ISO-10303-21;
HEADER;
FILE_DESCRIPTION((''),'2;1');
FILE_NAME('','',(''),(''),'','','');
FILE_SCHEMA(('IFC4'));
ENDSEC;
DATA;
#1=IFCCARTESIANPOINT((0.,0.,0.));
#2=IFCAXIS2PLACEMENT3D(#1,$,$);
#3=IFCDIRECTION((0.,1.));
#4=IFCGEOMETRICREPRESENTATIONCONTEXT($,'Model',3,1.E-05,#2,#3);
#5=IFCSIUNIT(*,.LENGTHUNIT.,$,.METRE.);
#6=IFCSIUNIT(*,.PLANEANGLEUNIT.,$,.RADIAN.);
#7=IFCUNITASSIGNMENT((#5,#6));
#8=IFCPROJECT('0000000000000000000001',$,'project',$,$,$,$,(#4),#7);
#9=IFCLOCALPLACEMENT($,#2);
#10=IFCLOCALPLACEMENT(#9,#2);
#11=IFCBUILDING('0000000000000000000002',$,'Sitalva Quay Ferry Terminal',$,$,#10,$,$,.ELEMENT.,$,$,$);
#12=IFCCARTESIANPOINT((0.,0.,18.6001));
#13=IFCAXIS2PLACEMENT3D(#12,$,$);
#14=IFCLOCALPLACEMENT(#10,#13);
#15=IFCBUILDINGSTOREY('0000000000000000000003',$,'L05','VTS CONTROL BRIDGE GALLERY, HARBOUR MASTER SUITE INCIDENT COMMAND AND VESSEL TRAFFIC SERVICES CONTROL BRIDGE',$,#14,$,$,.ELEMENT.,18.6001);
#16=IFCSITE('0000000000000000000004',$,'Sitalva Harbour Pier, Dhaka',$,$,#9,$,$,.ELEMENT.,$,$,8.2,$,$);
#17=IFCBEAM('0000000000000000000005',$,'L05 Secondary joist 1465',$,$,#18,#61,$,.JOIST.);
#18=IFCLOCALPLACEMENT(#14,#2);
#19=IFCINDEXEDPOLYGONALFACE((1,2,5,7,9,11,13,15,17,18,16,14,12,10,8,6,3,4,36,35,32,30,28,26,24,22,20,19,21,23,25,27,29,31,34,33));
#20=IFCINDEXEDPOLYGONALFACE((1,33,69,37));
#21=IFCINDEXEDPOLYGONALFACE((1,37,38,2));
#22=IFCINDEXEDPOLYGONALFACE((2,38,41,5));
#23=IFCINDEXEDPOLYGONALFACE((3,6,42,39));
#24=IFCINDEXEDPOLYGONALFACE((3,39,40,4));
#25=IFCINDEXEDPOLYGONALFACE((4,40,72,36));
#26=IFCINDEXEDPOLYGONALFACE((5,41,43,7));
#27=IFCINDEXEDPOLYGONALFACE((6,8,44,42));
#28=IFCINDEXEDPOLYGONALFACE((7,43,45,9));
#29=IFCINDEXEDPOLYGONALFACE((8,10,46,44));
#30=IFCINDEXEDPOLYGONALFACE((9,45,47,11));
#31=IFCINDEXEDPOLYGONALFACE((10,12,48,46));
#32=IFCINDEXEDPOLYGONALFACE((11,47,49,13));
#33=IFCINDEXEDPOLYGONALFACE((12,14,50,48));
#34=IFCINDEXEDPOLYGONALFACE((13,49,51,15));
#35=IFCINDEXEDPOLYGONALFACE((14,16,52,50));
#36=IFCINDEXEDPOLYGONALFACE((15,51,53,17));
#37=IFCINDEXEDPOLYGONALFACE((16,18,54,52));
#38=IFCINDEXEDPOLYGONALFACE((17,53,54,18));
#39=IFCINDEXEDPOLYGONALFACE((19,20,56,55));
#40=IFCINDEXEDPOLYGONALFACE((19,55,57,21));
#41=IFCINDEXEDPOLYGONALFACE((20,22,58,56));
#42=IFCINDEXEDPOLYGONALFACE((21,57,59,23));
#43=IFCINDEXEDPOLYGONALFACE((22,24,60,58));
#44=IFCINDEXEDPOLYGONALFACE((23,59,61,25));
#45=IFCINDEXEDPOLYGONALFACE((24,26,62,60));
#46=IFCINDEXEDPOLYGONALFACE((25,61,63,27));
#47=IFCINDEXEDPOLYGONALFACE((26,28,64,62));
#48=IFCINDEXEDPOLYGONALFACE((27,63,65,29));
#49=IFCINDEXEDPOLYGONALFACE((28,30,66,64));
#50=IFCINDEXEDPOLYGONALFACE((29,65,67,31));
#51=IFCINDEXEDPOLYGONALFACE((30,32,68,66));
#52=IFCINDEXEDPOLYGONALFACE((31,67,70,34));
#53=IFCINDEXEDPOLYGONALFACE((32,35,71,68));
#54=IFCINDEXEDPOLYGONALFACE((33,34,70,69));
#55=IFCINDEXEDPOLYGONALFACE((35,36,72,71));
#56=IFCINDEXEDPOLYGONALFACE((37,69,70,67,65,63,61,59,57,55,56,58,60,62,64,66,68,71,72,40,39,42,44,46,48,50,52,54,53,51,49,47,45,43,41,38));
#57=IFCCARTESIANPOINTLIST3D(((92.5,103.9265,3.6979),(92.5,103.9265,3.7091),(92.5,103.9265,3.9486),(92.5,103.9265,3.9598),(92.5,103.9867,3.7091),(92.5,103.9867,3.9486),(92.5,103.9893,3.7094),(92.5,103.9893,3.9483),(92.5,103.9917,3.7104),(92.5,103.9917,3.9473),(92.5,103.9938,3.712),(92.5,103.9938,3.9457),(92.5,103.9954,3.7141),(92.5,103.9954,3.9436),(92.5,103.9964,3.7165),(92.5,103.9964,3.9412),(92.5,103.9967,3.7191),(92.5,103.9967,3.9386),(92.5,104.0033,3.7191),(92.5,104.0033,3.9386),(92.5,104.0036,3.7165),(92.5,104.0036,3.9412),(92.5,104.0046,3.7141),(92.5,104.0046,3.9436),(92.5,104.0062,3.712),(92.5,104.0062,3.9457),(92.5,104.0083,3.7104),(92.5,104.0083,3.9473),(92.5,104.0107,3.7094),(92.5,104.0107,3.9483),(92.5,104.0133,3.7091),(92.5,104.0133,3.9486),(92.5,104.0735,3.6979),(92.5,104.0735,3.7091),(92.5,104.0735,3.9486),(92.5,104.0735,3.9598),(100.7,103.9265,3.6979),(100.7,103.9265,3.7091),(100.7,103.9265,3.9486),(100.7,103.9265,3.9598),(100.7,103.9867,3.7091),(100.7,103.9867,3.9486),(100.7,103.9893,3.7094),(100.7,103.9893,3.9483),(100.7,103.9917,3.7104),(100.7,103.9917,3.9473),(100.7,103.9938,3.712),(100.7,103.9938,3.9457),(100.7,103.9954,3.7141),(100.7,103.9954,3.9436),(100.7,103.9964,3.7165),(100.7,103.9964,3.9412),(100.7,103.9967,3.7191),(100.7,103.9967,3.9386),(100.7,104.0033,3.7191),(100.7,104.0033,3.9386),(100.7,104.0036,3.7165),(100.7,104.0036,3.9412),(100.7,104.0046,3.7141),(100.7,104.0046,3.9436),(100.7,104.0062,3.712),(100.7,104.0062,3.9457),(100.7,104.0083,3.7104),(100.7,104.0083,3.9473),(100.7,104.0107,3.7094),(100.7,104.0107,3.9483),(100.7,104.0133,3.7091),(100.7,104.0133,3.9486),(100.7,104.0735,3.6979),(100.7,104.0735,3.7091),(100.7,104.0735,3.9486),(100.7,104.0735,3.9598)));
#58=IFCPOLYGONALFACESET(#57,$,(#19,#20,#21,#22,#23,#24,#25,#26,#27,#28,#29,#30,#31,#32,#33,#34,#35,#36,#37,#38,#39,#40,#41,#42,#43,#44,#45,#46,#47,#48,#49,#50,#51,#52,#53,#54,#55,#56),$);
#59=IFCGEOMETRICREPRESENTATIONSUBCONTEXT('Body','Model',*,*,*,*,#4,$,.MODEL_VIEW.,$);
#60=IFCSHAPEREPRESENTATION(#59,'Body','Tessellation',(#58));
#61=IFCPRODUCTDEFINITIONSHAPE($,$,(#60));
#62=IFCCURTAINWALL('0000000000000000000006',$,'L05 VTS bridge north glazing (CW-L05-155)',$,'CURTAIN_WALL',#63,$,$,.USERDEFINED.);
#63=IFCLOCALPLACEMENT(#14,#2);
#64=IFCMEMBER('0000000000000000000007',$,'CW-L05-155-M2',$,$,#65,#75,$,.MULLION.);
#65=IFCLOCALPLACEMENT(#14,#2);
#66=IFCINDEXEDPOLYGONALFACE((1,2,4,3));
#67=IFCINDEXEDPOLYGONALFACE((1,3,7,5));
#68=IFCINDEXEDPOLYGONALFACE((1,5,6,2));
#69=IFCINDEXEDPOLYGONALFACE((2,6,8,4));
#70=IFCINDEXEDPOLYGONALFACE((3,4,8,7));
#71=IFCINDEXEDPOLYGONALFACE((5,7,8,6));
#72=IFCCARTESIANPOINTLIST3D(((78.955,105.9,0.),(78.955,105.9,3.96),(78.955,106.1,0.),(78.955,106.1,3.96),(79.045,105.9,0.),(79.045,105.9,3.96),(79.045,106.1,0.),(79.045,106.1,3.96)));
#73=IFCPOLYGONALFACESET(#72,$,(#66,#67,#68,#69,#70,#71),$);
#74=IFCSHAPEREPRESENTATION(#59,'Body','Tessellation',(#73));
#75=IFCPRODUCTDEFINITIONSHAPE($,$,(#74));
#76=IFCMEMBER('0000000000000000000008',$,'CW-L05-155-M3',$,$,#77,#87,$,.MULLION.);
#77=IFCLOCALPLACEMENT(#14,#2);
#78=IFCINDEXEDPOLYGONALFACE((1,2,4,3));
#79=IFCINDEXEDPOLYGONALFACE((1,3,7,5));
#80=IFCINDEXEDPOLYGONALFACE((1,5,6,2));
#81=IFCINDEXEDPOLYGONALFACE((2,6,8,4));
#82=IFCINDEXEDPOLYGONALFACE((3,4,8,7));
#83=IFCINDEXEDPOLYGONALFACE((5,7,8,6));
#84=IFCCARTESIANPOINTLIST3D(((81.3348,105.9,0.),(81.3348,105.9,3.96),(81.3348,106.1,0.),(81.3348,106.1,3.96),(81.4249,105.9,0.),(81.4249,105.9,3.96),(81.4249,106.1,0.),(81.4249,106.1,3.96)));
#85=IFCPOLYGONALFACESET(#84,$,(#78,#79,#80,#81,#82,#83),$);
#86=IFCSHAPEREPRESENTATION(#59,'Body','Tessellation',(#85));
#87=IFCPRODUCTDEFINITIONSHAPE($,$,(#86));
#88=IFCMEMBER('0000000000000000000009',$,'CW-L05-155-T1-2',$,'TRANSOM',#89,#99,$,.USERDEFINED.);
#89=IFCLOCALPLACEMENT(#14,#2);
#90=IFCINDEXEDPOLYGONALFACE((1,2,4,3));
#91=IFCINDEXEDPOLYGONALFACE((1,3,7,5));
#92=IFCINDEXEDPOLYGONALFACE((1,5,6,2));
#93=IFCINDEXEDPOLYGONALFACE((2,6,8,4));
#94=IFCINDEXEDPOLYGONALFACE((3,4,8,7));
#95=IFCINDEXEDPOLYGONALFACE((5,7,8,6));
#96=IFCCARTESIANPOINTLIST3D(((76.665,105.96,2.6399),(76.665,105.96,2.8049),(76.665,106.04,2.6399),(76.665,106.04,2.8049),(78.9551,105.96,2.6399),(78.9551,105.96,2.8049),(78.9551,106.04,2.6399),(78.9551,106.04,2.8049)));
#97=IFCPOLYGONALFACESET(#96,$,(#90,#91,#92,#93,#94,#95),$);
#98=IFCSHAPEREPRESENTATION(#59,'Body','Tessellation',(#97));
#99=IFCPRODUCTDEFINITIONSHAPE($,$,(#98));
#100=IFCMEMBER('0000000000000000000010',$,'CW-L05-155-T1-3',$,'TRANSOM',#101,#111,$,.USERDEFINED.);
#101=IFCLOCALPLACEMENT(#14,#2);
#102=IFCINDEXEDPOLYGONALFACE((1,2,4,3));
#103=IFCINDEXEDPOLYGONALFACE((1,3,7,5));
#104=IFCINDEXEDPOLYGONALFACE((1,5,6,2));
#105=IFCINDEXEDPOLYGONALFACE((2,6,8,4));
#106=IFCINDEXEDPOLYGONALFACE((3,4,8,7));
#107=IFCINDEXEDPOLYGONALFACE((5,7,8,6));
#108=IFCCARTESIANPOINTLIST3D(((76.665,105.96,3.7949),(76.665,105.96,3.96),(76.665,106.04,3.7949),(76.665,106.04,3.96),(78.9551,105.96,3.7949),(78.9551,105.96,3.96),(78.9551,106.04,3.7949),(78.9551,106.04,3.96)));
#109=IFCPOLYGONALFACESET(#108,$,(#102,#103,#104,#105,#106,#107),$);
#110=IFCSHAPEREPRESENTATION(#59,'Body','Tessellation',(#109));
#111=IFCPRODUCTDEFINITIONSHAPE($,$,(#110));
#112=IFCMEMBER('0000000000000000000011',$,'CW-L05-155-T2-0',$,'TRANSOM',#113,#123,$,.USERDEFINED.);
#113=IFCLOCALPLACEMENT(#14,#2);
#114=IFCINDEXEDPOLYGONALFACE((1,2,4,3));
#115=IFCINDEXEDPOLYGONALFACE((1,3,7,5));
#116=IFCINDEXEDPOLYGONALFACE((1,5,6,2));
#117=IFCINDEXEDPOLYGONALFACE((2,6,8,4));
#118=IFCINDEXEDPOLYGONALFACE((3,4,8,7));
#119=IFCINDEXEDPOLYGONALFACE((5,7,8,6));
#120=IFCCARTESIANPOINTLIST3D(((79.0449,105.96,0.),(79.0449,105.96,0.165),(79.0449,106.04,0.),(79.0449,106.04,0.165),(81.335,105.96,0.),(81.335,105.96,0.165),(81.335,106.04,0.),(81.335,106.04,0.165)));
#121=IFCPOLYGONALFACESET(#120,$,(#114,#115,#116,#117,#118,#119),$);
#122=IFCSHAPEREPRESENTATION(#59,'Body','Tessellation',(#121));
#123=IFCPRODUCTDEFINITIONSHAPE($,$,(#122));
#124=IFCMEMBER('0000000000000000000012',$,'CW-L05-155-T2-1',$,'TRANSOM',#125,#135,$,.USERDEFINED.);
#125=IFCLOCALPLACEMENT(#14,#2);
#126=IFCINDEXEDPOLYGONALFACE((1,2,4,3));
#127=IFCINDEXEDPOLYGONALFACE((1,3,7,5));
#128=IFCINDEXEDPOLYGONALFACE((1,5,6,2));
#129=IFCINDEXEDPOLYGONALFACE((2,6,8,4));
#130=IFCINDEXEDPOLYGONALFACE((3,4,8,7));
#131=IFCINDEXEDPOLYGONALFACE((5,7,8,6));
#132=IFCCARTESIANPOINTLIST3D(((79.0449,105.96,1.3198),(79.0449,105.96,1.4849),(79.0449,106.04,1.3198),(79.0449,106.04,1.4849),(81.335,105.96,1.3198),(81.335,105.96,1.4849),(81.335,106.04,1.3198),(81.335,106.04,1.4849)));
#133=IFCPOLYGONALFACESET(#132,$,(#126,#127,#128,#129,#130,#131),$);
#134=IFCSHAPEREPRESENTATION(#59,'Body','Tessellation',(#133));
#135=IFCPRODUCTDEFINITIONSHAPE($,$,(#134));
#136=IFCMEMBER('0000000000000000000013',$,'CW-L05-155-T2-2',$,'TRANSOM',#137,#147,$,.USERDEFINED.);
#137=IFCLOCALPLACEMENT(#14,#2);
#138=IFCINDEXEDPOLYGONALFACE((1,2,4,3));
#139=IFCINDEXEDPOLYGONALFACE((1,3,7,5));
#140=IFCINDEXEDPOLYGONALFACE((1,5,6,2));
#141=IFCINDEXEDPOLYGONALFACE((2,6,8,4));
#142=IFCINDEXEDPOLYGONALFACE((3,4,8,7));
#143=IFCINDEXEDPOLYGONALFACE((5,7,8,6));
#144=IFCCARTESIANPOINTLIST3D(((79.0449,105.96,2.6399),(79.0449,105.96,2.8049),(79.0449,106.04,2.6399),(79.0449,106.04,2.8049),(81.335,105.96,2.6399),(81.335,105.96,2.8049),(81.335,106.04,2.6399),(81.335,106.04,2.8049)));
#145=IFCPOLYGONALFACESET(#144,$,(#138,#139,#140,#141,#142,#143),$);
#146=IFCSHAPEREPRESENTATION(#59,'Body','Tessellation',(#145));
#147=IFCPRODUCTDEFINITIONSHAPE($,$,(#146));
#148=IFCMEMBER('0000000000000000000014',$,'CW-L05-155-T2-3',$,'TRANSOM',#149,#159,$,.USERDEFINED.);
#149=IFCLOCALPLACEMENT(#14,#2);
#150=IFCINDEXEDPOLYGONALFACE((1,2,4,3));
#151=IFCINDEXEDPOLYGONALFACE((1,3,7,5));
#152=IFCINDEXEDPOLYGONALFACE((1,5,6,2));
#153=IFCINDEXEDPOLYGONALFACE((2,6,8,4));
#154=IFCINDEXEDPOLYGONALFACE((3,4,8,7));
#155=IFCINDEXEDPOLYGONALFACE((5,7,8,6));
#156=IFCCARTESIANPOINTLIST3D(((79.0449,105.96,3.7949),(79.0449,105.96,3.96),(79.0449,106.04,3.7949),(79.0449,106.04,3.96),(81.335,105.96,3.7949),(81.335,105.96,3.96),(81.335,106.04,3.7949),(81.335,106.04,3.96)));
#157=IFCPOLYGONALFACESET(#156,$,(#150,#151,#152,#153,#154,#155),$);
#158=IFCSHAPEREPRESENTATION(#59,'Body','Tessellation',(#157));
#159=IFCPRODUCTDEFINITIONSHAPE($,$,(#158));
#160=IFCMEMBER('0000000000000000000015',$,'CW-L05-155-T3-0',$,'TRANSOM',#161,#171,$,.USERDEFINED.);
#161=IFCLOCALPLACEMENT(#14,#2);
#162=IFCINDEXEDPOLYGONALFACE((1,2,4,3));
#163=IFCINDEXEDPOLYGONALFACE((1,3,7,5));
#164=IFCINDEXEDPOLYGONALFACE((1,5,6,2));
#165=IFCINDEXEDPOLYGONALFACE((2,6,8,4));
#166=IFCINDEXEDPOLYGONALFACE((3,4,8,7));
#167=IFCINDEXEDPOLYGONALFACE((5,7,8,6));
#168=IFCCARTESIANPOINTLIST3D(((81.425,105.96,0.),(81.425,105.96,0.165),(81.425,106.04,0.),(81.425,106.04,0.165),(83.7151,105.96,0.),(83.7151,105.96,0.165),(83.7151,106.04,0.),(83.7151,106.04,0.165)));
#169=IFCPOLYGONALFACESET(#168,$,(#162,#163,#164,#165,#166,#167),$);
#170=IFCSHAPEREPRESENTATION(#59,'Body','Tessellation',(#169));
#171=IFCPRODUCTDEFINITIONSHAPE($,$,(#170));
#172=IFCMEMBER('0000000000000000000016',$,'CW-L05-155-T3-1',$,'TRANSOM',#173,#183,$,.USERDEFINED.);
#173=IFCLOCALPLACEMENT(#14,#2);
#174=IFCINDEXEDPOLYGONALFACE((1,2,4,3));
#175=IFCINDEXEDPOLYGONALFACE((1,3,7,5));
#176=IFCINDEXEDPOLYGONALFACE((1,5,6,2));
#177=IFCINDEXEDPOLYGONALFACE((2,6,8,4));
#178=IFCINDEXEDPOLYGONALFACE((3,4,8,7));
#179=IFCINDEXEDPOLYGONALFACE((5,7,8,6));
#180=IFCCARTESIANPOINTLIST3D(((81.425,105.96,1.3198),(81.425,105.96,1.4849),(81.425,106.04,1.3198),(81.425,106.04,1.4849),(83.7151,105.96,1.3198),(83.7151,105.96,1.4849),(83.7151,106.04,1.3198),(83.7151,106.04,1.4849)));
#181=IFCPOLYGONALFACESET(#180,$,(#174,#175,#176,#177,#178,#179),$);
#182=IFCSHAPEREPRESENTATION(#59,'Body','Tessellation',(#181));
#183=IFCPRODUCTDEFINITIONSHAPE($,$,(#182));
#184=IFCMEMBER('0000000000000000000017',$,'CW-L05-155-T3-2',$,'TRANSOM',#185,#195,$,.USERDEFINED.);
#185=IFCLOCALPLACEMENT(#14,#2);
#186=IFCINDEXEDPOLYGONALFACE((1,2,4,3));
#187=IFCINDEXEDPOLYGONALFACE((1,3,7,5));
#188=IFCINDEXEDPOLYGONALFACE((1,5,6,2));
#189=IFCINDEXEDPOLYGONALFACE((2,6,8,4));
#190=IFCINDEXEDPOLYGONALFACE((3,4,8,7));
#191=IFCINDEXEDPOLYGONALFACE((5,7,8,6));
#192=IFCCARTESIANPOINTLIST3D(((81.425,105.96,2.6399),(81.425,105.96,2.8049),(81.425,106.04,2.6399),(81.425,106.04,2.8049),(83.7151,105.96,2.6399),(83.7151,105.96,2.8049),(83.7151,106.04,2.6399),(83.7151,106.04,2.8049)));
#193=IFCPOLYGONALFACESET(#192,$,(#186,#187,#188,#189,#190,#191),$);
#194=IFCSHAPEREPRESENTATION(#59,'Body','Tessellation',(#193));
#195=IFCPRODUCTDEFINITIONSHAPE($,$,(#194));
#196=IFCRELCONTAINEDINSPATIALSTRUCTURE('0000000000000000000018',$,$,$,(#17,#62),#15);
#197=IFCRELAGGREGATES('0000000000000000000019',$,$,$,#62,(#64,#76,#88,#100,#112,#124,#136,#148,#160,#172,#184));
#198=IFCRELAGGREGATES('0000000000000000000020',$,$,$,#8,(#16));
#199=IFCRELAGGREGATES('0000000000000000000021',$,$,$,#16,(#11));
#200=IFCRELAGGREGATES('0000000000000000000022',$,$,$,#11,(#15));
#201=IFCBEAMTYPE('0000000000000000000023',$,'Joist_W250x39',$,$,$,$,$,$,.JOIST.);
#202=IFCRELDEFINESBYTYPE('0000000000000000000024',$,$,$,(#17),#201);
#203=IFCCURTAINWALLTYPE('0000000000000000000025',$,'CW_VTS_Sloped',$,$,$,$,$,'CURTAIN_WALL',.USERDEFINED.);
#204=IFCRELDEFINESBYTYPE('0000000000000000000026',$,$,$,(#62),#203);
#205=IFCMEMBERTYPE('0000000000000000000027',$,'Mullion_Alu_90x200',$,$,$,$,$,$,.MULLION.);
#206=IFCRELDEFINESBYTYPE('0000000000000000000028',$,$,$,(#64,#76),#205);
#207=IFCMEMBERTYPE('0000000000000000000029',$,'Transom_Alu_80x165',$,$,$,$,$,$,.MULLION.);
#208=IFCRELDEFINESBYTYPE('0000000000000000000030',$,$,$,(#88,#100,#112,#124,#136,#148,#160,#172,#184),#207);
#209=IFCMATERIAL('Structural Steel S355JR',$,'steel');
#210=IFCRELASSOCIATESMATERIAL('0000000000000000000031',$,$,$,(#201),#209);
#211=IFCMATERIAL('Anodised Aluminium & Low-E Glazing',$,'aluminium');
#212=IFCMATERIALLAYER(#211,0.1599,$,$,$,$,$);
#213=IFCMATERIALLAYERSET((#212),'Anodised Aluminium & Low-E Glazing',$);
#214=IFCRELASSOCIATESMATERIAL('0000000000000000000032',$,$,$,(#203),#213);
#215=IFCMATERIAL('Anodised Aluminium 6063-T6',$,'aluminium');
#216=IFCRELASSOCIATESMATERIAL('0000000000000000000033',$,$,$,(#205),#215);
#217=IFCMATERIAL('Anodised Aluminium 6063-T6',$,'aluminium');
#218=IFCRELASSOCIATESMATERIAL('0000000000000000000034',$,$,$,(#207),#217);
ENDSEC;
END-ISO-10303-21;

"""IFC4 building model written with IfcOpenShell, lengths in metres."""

from ifc_helpers import new_model, si_unit, direction, frame, origin, origin_2d, place, context, subcontext, project, spatial, rectangle, i_section, extrude, material, layer, layer_set, material_profile, profile_set, type_object, element, aggregate, save


model = new_model("IFC4")

# Units and contexts
model_context = context("Model", 3, precision=1e-05, world=origin(), true_north=direction((0.0, 1.0)))
body_context = subcontext(model_context, "Body", "Model", "MODEL_VIEW")
ifc_project = project(units=[si_unit("LENGTHUNIT", "METRE"), si_unit("PLANEANGLEUNIT", "RADIAN")], contexts=[model_context])

# Site, building, storey
site_placement = place(None, origin())
site = spatial("IfcSite", under=ifc_project, at=site_placement, Name="Sitalva Harbour Pier, Dhaka", CompositionType="ELEMENT", RefElevation=8.2)
building_placement = place(site_placement, origin())
building = spatial("IfcBuilding", under=site, at=building_placement, Name="Sitalva Quay Ferry Terminal", CompositionType="ELEMENT")
storey_placement = place(building_placement, frame((0.0, 0.0, 18.6001)))
storey = spatial("IfcBuildingStorey", under=building, at=storey_placement, Name="L05", Description="VTS CONTROL BRIDGE GALLERY, HARBOUR MASTER SUITE INCIDENT COMMAND AND VESSEL TRAFFIC SERVICES CONTROL BRIDGE", CompositionType="ELEMENT", Elevation=18.6001)

# Beam
ifc_material_1 = material(Name="Structural Steel S355JR", Category="steel")
ifc_material_profile_1 = material_profile(ifc_material_1, i_section(OverallWidth=0.147, OverallDepth=0.262, WebThickness=0.0066, FlangeThickness=0.0112, FilletRadius=0.01, at=origin_2d()), Name="W250x39")
ifc_profile_set_1 = profile_set([ifc_material_profile_1], Name="Structural Steel S355JR")
beam_type_1 = type_object("IfcBeamType", Name="Joist_W250x39", PredefinedType="JOIST", material=ifc_profile_set_1)
for number, where, z_axis, x_axis, name in (
    (1, (92.5, 104.0, 3.8289), (1.0, 0.0, 0.0), (0.0, 1.0, 0.0), "L05 Secondary joist 1465"),
):
    element("IfcBeam", number, at=place(storey_placement, frame(where, z_axis=z_axis, x_axis=x_axis)), inside=storey, type_object=beam_type_1, Name=name, PredefinedType="JOIST", context=body_context, shape_type="SweptSolid", body=[
        extrude(i_section(OverallWidth=0.147, OverallDepth=0.262, WebThickness=0.0066, FlangeThickness=0.0112, FilletRadius=0.01, at=origin_2d()), origin(), (0.0, 0.0, 1.0), 8.2),
    ])

# Curtain wall, members
ifc_material_2 = material(Name="Anodised Aluminium & Low-E Glazing", Category="aluminium")
ifc_layer_1 = layer(ifc_material_2, 0.1599)
ifc_layer_set_1 = layer_set([ifc_layer_1], Name="Anodised Aluminium & Low-E Glazing")
curtain_wall_type = type_object("IfcCurtainWallType", Name="CW_VTS_Sloped", ElementType="CURTAIN_WALL", PredefinedType="USERDEFINED", material=ifc_layer_set_1)
curtain_wall_placement = place(storey_placement, origin())
curtain_wall = element("IfcCurtainWall", 2, at=curtain_wall_placement, inside=storey, type_object=curtain_wall_type, Name="L05 VTS bridge north glazing (CW-L05-155)", ObjectType="CURTAIN_WALL", PredefinedType="USERDEFINED")
ifc_material_3 = material(Name="Anodised Aluminium 6063-T6", Category="aluminium")
ifc_material_profile_2 = material_profile(ifc_material_3, rectangle(XDim=0.0901, YDim=0.2, at=origin_2d()), Name="ALU90x200")
ifc_profile_set_2 = profile_set([ifc_material_profile_2], Name="Anodised Aluminium 6063-T6")
member_type_1 = type_object("IfcMemberType", Name="Mullion_Alu_90x200", PredefinedType="MULLION", material=ifc_profile_set_2)
member_1_placement = place(storey_placement, frame((79.0, 106.0, 0.0), z_axis=(0.0, 0.0, 1.0), x_axis=(1.0, 0.0, 0.0)))
member_1 = element("IfcMember", 3, at=member_1_placement, type_object=member_type_1, Name="CW-L05-155-M2", PredefinedType="MULLION", context=body_context, shape_type="SweptSolid", body=[
    extrude(rectangle(XDim=0.0901, YDim=0.2, at=origin_2d()), origin(), (0.0, 0.0, 1.0), 3.96),
])
member_2_placement = place(storey_placement, frame((81.3799, 106.0, 0.0), z_axis=(0.0, 0.0, 1.0), x_axis=(1.0, 0.0, 0.0)))
member_2 = element("IfcMember", 4, at=member_2_placement, type_object=member_type_1, Name="CW-L05-155-M3", PredefinedType="MULLION", context=body_context, shape_type="SweptSolid", body=[
    extrude(rectangle(XDim=0.0901, YDim=0.2, at=origin_2d()), origin(), (0.0, 0.0, 1.0), 3.96),
])
ifc_material_4 = material(Name="Anodised Aluminium 6063-T6", Category="aluminium")
ifc_material_profile_3 = material_profile(ifc_material_4, rectangle(XDim=0.0801, YDim=0.165, at=origin_2d()), Name="ALU80x165")
ifc_profile_set_3 = profile_set([ifc_material_profile_3], Name="Anodised Aluminium 6063-T6")
member_type_2 = type_object("IfcMemberType", Name="Transom_Alu_80x165", PredefinedType="MULLION", material=ifc_profile_set_3)
member_3_placement = place(storey_placement, frame((76.665, 106.0, 2.7224), z_axis=(1.0, 0.0, 0.0), x_axis=(0.0, 1.0, 0.0)))
member_3 = element("IfcMember", 5, at=member_3_placement, type_object=member_type_2, Name="CW-L05-155-T1-2", ObjectType="TRANSOM", PredefinedType="USERDEFINED", context=body_context, shape_type="SweptSolid", body=[
    extrude(rectangle(XDim=0.0801, YDim=0.165, at=origin_2d()), origin(), (0.0, 0.0, 1.0), 2.29),
])
member_4_placement = place(storey_placement, frame((76.665, 106.0, 3.8774), z_axis=(1.0, 0.0, 0.0), x_axis=(0.0, 1.0, 0.0)))
member_4 = element("IfcMember", 6, at=member_4_placement, type_object=member_type_2, Name="CW-L05-155-T1-3", ObjectType="TRANSOM", PredefinedType="USERDEFINED", context=body_context, shape_type="SweptSolid", body=[
    extrude(rectangle(XDim=0.0801, YDim=0.165, at=origin_2d()), origin(), (0.0, 0.0, 1.0), 2.29),
])
member_5_placement = place(storey_placement, frame((79.0449, 106.0, 0.0825), z_axis=(1.0, 0.0, 0.0), x_axis=(0.0, 1.0, 0.0)))
member_5 = element("IfcMember", 7, at=member_5_placement, type_object=member_type_2, Name="CW-L05-155-T2-0", ObjectType="TRANSOM", PredefinedType="USERDEFINED", context=body_context, shape_type="SweptSolid", body=[
    extrude(rectangle(XDim=0.0801, YDim=0.165, at=origin_2d()), origin(), (0.0, 0.0, 1.0), 2.29),
])
member_6_placement = place(storey_placement, frame((79.0449, 106.0, 1.4023), z_axis=(1.0, 0.0, 0.0), x_axis=(0.0, 1.0, 0.0)))
member_6 = element("IfcMember", 8, at=member_6_placement, type_object=member_type_2, Name="CW-L05-155-T2-1", ObjectType="TRANSOM", PredefinedType="USERDEFINED", context=body_context, shape_type="SweptSolid", body=[
    extrude(rectangle(XDim=0.0801, YDim=0.165, at=origin_2d()), origin(), (0.0, 0.0, 1.0), 2.29),
])
member_7_placement = place(storey_placement, frame((79.0449, 106.0, 2.7224), z_axis=(1.0, 0.0, 0.0), x_axis=(0.0, 1.0, 0.0)))
member_7 = element("IfcMember", 9, at=member_7_placement, type_object=member_type_2, Name="CW-L05-155-T2-2", ObjectType="TRANSOM", PredefinedType="USERDEFINED", context=body_context, shape_type="SweptSolid", body=[
    extrude(rectangle(XDim=0.0801, YDim=0.165, at=origin_2d()), origin(), (0.0, 0.0, 1.0), 2.29),
])
member_8_placement = place(storey_placement, frame((79.0449, 106.0, 3.8774), z_axis=(1.0, 0.0, 0.0), x_axis=(0.0, 1.0, 0.0)))
member_8 = element("IfcMember", 10, at=member_8_placement, type_object=member_type_2, Name="CW-L05-155-T2-3", ObjectType="TRANSOM", PredefinedType="USERDEFINED", context=body_context, shape_type="SweptSolid", body=[
    extrude(rectangle(XDim=0.0801, YDim=0.165, at=origin_2d()), origin(), (0.0, 0.0, 1.0), 2.29),
])
member_9_placement = place(storey_placement, frame((81.425, 106.0, 0.0825), z_axis=(1.0, 0.0, 0.0), x_axis=(0.0, 1.0, 0.0)))
member_9 = element("IfcMember", 11, at=member_9_placement, type_object=member_type_2, Name="CW-L05-155-T3-0", ObjectType="TRANSOM", PredefinedType="USERDEFINED", context=body_context, shape_type="SweptSolid", body=[
    extrude(rectangle(XDim=0.0801, YDim=0.165, at=origin_2d()), origin(), (0.0, 0.0, 1.0), 2.29),
])
member_10_placement = place(storey_placement, frame((81.425, 106.0, 1.4023), z_axis=(1.0, 0.0, 0.0), x_axis=(0.0, 1.0, 0.0)))
member_10 = element("IfcMember", 12, at=member_10_placement, type_object=member_type_2, Name="CW-L05-155-T3-1", ObjectType="TRANSOM", PredefinedType="USERDEFINED", context=body_context, shape_type="SweptSolid", body=[
    extrude(rectangle(XDim=0.0801, YDim=0.165, at=origin_2d()), origin(), (0.0, 0.0, 1.0), 2.29),
])
member_11_placement = place(storey_placement, frame((81.425, 106.0, 2.7224), z_axis=(1.0, 0.0, 0.0), x_axis=(0.0, 1.0, 0.0)))
member_11 = element("IfcMember", 13, at=member_11_placement, type_object=member_type_2, Name="CW-L05-155-T3-2", ObjectType="TRANSOM", PredefinedType="USERDEFINED", context=body_context, shape_type="SweptSolid", body=[
    extrude(rectangle(XDim=0.0801, YDim=0.165, at=origin_2d()), origin(), (0.0, 0.0, 1.0), 2.29),
])
aggregate(curtain_wall, [member_1, member_2, member_3, member_4, member_5, member_6, member_7, member_8, member_9, member_10, member_11])

save(model, "model.ifc")
